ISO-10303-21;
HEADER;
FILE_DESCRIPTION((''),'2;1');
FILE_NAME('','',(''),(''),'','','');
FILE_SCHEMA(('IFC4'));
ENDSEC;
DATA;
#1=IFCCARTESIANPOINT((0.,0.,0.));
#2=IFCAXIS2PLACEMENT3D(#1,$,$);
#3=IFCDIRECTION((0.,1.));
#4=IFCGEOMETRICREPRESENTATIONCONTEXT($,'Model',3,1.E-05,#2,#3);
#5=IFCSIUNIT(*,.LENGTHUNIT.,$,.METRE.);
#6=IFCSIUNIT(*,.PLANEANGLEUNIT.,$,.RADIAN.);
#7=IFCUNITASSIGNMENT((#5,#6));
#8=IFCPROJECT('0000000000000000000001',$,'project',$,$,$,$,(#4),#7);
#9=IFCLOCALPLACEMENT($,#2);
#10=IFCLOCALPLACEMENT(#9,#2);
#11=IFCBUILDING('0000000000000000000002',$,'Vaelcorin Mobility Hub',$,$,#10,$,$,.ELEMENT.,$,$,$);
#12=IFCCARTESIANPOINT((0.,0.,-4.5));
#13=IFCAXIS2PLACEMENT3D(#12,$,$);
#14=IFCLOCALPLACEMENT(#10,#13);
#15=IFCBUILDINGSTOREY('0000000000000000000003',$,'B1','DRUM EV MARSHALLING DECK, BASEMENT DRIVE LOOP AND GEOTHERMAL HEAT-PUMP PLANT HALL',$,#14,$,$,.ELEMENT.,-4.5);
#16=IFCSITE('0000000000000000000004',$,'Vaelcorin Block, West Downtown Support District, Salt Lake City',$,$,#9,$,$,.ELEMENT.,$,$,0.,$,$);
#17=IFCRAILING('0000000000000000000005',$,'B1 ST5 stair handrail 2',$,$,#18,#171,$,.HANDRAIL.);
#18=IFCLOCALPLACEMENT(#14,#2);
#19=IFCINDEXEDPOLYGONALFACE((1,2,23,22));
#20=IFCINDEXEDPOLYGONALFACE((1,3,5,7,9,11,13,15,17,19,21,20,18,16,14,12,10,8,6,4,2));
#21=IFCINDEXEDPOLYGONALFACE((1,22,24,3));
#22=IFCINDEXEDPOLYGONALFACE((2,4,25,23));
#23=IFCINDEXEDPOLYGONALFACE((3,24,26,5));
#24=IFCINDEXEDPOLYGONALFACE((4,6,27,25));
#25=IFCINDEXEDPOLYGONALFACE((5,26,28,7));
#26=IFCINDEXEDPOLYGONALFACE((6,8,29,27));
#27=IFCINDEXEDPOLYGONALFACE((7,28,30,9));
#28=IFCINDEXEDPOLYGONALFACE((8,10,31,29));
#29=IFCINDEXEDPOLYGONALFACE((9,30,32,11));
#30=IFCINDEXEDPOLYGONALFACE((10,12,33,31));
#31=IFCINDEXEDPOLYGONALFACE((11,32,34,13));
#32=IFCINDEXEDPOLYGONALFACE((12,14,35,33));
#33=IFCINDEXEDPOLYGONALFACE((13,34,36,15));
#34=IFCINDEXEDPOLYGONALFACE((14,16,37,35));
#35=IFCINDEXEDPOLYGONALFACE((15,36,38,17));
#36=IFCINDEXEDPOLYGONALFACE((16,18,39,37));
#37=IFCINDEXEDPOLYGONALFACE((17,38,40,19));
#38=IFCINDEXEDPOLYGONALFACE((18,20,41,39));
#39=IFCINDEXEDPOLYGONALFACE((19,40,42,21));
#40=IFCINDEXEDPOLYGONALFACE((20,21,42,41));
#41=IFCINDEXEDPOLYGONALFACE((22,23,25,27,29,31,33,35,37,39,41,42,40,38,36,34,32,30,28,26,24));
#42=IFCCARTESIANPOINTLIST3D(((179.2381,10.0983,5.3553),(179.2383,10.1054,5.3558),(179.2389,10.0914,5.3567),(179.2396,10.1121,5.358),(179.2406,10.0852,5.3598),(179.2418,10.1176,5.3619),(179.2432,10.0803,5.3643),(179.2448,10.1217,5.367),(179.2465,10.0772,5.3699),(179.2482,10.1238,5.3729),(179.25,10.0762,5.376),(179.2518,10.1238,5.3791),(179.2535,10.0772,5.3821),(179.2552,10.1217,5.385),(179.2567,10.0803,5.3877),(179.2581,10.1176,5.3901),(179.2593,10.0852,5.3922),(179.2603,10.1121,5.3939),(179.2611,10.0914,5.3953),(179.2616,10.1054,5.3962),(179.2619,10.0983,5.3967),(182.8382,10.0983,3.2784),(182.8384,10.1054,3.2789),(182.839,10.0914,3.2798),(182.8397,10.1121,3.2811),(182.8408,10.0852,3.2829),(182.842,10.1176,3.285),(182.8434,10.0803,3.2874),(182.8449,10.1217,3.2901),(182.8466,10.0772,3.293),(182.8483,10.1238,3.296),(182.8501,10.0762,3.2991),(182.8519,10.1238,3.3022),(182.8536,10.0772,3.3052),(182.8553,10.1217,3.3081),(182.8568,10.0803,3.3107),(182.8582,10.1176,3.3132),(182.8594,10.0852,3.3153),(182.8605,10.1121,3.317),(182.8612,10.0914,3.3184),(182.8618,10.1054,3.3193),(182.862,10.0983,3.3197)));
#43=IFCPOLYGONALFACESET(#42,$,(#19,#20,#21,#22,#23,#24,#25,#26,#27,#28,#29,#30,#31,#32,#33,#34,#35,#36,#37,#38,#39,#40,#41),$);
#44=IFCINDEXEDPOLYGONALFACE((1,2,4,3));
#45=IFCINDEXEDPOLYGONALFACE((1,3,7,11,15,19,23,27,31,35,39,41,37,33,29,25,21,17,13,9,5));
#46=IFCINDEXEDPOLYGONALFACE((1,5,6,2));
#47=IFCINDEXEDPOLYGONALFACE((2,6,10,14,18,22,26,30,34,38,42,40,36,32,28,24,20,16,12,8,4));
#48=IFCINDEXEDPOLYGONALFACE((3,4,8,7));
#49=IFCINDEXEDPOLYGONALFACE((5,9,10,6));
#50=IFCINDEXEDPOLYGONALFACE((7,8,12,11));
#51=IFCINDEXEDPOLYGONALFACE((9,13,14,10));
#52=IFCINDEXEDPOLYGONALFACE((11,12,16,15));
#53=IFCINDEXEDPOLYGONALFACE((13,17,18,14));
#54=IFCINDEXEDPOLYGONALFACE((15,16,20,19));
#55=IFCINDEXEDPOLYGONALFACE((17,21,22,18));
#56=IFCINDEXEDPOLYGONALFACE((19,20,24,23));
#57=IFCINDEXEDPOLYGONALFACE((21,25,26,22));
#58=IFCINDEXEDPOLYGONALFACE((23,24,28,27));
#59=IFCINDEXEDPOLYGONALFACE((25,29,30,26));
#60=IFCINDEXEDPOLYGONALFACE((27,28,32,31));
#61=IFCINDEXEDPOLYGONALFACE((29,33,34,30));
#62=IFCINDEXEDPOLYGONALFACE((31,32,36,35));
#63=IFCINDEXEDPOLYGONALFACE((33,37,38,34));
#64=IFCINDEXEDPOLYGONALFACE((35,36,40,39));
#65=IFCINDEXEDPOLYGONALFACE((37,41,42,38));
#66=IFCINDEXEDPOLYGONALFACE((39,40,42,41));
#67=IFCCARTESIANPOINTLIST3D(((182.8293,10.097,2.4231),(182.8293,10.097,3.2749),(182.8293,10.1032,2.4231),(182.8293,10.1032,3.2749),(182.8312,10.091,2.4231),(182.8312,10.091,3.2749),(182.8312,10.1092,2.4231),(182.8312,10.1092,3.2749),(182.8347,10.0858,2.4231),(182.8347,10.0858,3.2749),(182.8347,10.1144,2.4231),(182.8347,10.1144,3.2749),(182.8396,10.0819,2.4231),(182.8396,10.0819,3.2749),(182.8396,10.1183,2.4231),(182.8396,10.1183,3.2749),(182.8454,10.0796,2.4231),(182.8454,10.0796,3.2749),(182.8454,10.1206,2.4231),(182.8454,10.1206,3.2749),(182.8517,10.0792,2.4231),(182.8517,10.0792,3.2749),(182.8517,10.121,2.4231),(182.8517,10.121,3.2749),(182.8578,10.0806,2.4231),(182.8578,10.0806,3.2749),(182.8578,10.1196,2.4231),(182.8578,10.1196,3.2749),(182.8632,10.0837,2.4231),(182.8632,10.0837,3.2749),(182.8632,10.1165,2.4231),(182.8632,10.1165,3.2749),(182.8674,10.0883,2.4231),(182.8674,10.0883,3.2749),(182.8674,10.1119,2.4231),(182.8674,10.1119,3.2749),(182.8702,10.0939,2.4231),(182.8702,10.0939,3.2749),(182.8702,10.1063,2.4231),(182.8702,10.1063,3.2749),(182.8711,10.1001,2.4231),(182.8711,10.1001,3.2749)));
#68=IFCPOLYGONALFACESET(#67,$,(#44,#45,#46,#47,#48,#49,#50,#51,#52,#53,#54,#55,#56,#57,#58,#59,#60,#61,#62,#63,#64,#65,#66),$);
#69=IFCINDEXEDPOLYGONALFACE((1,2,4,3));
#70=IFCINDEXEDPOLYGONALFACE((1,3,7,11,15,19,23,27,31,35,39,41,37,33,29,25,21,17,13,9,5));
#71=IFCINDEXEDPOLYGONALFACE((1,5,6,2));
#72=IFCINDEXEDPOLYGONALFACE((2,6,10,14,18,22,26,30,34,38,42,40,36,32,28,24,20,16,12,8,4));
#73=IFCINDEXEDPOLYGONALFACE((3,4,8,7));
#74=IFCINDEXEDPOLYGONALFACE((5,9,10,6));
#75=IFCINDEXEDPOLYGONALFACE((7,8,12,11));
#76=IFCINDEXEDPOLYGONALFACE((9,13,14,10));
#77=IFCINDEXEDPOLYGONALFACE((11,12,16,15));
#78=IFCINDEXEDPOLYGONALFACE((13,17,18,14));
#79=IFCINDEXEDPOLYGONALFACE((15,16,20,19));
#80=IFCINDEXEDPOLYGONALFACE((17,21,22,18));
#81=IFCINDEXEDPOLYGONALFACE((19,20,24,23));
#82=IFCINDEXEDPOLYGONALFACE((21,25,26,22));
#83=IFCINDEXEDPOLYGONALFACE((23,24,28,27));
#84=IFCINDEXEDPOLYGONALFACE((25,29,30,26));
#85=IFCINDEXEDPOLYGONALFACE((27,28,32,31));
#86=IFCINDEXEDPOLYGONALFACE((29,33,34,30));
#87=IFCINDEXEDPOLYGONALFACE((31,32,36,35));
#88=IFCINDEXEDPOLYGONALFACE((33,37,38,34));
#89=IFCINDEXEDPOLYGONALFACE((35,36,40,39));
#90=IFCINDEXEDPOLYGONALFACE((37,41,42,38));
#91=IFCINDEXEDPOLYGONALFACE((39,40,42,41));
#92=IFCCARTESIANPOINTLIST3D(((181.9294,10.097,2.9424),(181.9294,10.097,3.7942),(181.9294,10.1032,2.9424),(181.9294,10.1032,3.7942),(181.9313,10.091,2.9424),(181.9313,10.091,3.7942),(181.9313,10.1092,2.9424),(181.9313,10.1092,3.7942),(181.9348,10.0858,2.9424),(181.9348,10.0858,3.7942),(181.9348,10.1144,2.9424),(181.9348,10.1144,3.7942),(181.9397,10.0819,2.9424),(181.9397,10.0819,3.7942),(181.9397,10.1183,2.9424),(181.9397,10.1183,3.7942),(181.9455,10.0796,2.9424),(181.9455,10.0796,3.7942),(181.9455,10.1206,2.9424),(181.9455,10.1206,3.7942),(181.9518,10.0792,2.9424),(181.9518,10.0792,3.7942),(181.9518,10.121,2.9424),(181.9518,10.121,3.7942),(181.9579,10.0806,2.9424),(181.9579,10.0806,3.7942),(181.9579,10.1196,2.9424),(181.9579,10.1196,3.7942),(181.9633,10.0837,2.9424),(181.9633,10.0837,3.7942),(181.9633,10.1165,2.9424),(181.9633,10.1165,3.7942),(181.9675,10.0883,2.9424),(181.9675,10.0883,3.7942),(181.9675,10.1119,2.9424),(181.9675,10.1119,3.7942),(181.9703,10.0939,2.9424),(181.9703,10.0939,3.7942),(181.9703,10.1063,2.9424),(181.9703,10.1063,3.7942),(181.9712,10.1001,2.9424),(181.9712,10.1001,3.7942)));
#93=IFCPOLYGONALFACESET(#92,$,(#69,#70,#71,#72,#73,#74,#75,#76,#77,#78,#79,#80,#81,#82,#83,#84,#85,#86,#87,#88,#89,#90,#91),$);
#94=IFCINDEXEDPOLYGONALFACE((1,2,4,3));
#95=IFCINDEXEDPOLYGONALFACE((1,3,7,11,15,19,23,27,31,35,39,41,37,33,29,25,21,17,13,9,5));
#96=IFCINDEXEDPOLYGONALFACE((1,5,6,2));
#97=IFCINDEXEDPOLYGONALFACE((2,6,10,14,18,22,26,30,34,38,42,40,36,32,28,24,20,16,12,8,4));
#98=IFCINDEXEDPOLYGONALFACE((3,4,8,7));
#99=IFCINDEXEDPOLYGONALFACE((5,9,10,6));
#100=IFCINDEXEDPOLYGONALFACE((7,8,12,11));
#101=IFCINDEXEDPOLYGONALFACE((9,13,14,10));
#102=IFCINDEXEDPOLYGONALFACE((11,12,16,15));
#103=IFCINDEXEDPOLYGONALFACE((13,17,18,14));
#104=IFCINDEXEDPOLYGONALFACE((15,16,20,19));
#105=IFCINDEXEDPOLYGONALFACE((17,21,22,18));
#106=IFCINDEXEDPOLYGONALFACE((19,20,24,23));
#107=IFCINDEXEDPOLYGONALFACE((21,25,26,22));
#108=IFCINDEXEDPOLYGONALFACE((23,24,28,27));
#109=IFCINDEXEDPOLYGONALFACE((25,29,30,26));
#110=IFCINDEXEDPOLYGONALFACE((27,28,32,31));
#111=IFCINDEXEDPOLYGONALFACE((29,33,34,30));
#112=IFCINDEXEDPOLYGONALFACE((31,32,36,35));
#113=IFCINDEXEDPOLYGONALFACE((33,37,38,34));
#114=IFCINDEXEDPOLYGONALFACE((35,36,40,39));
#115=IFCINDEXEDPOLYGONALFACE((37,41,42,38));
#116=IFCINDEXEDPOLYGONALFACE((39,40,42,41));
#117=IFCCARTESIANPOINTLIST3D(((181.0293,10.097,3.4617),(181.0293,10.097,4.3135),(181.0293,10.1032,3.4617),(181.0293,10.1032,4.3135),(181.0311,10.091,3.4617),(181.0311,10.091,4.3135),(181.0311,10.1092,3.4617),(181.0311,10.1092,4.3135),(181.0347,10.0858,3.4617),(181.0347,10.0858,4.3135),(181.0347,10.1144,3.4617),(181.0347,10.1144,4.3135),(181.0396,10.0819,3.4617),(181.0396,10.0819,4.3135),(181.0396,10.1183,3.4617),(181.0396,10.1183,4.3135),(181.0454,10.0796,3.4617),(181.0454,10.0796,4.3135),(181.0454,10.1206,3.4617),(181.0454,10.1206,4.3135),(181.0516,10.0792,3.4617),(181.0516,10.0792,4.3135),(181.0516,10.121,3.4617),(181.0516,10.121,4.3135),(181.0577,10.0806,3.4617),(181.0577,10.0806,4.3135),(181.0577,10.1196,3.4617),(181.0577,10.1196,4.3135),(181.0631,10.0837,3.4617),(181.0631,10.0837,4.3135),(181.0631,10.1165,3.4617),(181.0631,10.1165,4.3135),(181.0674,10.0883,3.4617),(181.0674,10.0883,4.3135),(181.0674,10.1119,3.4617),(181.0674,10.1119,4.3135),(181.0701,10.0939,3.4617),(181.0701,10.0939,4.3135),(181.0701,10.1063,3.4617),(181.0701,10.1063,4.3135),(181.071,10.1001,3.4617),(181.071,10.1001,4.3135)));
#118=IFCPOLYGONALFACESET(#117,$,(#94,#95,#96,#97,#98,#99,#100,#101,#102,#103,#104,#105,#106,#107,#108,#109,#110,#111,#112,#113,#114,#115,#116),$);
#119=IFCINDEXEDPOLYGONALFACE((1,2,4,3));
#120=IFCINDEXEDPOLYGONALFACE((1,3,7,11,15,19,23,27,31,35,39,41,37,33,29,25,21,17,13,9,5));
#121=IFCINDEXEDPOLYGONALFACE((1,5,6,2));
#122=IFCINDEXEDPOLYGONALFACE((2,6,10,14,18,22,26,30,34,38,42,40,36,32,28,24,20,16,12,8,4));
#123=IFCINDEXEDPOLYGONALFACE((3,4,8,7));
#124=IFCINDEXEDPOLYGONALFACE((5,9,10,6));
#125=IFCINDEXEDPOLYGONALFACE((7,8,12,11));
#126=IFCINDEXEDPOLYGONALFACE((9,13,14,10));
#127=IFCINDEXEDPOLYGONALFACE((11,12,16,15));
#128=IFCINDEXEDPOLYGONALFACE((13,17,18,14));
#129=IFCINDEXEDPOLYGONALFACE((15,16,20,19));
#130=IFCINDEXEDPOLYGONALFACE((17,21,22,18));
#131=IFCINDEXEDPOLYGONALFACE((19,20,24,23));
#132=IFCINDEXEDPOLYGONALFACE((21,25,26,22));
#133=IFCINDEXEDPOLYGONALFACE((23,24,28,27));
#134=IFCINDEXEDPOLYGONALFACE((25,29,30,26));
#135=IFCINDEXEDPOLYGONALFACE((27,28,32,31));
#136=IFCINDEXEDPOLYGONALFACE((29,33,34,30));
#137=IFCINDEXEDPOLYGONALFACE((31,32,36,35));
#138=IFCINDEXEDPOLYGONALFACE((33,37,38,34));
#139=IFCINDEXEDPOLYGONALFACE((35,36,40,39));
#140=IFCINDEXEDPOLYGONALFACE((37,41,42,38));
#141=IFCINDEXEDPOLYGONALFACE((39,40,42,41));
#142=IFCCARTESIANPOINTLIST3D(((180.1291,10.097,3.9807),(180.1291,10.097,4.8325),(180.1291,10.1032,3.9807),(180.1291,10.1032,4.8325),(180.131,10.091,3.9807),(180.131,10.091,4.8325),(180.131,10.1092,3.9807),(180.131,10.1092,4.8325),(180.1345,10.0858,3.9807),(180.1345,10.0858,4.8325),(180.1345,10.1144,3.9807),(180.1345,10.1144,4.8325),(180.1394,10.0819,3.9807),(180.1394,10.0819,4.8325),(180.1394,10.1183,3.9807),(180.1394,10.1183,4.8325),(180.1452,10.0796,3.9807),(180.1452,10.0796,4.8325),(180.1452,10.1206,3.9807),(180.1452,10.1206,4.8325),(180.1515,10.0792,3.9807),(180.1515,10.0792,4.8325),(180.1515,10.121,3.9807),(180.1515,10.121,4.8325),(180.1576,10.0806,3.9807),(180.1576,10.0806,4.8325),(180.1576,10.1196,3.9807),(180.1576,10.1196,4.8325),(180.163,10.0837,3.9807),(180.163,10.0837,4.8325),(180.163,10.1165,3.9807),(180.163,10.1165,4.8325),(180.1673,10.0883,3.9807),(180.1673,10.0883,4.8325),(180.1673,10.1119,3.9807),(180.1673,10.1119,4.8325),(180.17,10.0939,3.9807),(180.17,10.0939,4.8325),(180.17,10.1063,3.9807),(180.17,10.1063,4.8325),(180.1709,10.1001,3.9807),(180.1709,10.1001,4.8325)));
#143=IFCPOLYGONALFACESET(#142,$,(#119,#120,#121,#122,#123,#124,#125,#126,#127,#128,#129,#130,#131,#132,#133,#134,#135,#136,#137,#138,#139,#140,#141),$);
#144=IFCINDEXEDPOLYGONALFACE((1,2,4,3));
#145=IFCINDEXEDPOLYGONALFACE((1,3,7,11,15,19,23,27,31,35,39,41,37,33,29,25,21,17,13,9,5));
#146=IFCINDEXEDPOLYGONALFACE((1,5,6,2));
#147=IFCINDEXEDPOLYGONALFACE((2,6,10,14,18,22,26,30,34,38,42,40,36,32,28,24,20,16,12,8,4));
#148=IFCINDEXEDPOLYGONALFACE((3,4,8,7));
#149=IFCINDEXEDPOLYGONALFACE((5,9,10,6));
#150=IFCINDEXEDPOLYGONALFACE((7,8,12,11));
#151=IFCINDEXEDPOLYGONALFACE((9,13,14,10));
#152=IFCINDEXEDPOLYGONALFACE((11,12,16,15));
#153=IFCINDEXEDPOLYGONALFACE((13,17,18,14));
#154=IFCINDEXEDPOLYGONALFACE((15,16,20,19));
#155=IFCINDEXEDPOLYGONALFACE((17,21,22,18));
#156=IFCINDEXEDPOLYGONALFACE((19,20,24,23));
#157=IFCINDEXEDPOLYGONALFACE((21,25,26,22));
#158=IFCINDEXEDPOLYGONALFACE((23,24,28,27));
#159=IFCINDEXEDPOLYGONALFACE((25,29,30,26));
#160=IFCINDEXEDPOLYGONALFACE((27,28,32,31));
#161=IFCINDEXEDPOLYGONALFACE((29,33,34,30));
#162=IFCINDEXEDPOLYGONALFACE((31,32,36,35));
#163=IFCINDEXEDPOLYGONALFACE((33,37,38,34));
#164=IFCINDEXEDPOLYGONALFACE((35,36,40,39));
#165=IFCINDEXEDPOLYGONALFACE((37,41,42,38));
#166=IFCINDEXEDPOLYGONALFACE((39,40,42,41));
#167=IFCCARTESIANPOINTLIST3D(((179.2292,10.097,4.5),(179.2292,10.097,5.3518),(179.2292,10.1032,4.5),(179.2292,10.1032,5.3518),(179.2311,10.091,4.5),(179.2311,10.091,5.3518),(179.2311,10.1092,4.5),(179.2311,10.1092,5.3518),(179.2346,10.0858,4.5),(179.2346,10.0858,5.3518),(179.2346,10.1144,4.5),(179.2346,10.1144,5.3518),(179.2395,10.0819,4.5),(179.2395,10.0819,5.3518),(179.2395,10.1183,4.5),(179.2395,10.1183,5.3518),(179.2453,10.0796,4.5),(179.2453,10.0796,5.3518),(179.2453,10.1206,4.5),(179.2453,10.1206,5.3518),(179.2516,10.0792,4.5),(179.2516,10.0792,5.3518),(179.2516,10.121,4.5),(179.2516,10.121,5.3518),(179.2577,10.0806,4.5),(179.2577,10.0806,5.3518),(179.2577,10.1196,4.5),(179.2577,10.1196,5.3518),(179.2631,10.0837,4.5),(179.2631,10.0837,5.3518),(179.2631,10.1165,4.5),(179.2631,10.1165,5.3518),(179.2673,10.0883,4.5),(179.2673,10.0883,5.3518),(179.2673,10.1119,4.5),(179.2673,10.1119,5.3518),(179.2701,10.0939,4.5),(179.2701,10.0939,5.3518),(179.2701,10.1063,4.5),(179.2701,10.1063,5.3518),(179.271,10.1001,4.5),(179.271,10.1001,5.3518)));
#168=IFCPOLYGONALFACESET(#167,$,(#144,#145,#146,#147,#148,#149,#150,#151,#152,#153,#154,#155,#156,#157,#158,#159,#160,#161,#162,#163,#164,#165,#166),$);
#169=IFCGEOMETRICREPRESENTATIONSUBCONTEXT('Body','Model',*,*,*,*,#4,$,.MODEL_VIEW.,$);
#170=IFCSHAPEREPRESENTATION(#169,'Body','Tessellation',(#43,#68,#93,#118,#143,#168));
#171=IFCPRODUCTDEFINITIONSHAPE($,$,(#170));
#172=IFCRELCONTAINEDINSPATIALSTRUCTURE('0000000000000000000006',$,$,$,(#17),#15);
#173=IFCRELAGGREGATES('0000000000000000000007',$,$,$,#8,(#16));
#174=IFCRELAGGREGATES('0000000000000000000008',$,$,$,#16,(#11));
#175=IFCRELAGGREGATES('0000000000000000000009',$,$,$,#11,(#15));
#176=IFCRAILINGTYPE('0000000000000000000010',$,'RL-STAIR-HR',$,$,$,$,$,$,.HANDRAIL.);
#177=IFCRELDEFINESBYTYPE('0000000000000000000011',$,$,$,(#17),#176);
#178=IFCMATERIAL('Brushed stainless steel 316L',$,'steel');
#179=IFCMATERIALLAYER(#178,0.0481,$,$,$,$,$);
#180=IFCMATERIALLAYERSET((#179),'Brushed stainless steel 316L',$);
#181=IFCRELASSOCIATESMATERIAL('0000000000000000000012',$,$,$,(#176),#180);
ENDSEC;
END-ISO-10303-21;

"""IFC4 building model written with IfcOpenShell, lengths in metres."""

from ifc_helpers import new_model, si_unit, direction, frame, origin, origin_2d, place, context, subcontext, project, spatial, circle, extrude, material, layer, layer_set, type_object, element, save


model = new_model("IFC4")

# Units and contexts
model_context = context("Model", 3, precision=1e-05, world=origin(), true_north=direction((0.0, 1.0)))
body_context = subcontext(model_context, "Body", "Model", "MODEL_VIEW")
ifc_project = project(units=[si_unit("LENGTHUNIT", "METRE"), si_unit("PLANEANGLEUNIT", "RADIAN")], contexts=[model_context])

# Site, building, storey
site_placement = place(None, origin())
site = spatial("IfcSite", under=ifc_project, at=site_placement, Name="Vaelcorin Block, West Downtown Support District, Salt Lake City", CompositionType="ELEMENT", RefElevation=0.0)
building_placement = place(site_placement, origin())
building = spatial("IfcBuilding", under=site, at=building_placement, Name="Vaelcorin Mobility Hub", CompositionType="ELEMENT")
storey_placement = place(building_placement, frame((0.0, 0.0, -4.5)))
storey = spatial("IfcBuildingStorey", under=building, at=storey_placement, Name="B1", Description="DRUM EV MARSHALLING DECK, BASEMENT DRIVE LOOP AND GEOTHERMAL HEAT-PUMP PLANT HALL", CompositionType="ELEMENT", Elevation=-4.5)

# Railing
ifc_material_1 = material(Name="Brushed stainless steel 316L", Category="steel")
ifc_layer_1 = layer(ifc_material_1, 0.0481)
ifc_layer_set_1 = layer_set([ifc_layer_1], Name="Brushed stainless steel 316L")
railing_type_1 = type_object("IfcRailingType", Name="RL-STAIR-HR", PredefinedType="HANDRAIL", material=ifc_layer_set_1)
railing_1_placement = place(storey_placement, frame((182.8501, 10.1001, 2.4231)))
element("IfcRailing", 1, at=railing_1_placement, inside=storey, type_object=railing_type_1, Name="B1 ST5 stair handrail 2", PredefinedType="HANDRAIL", context=body_context, shape_type="SweptSolid", body=[
    extrude(circle(Radius=0.0239, at=origin_2d()), frame((0.0, 0.0, 0.876), z_axis=(-0.866193, 0.0, 0.499709), x_axis=(0.0, -1.0, 0.0)), (0.0, 0.0, 1.0), 4.1562),
    extrude(circle(Radius=0.021, at=origin_2d()), origin(), (0.0, 0.0, 1.0), 0.8518),
    extrude(circle(Radius=0.021, at=origin_2d()), frame((-0.8999, 0.0, 0.5193)), (0.0, 0.0, 1.0), 0.8518),
    extrude(circle(Radius=0.021, at=origin_2d()), frame((-1.8, 0.0, 1.0386)), (0.0, 0.0, 1.0), 0.8518),
    extrude(circle(Radius=0.021, at=origin_2d()), frame((-2.7002, 0.0, 1.5576)), (0.0, 0.0, 1.0), 0.8518),
    extrude(circle(Radius=0.021, at=origin_2d()), frame((-3.6001, 0.0, 2.0769)), (0.0, 0.0, 1.0), 0.8518),
])

save(model, "model.ifc")
